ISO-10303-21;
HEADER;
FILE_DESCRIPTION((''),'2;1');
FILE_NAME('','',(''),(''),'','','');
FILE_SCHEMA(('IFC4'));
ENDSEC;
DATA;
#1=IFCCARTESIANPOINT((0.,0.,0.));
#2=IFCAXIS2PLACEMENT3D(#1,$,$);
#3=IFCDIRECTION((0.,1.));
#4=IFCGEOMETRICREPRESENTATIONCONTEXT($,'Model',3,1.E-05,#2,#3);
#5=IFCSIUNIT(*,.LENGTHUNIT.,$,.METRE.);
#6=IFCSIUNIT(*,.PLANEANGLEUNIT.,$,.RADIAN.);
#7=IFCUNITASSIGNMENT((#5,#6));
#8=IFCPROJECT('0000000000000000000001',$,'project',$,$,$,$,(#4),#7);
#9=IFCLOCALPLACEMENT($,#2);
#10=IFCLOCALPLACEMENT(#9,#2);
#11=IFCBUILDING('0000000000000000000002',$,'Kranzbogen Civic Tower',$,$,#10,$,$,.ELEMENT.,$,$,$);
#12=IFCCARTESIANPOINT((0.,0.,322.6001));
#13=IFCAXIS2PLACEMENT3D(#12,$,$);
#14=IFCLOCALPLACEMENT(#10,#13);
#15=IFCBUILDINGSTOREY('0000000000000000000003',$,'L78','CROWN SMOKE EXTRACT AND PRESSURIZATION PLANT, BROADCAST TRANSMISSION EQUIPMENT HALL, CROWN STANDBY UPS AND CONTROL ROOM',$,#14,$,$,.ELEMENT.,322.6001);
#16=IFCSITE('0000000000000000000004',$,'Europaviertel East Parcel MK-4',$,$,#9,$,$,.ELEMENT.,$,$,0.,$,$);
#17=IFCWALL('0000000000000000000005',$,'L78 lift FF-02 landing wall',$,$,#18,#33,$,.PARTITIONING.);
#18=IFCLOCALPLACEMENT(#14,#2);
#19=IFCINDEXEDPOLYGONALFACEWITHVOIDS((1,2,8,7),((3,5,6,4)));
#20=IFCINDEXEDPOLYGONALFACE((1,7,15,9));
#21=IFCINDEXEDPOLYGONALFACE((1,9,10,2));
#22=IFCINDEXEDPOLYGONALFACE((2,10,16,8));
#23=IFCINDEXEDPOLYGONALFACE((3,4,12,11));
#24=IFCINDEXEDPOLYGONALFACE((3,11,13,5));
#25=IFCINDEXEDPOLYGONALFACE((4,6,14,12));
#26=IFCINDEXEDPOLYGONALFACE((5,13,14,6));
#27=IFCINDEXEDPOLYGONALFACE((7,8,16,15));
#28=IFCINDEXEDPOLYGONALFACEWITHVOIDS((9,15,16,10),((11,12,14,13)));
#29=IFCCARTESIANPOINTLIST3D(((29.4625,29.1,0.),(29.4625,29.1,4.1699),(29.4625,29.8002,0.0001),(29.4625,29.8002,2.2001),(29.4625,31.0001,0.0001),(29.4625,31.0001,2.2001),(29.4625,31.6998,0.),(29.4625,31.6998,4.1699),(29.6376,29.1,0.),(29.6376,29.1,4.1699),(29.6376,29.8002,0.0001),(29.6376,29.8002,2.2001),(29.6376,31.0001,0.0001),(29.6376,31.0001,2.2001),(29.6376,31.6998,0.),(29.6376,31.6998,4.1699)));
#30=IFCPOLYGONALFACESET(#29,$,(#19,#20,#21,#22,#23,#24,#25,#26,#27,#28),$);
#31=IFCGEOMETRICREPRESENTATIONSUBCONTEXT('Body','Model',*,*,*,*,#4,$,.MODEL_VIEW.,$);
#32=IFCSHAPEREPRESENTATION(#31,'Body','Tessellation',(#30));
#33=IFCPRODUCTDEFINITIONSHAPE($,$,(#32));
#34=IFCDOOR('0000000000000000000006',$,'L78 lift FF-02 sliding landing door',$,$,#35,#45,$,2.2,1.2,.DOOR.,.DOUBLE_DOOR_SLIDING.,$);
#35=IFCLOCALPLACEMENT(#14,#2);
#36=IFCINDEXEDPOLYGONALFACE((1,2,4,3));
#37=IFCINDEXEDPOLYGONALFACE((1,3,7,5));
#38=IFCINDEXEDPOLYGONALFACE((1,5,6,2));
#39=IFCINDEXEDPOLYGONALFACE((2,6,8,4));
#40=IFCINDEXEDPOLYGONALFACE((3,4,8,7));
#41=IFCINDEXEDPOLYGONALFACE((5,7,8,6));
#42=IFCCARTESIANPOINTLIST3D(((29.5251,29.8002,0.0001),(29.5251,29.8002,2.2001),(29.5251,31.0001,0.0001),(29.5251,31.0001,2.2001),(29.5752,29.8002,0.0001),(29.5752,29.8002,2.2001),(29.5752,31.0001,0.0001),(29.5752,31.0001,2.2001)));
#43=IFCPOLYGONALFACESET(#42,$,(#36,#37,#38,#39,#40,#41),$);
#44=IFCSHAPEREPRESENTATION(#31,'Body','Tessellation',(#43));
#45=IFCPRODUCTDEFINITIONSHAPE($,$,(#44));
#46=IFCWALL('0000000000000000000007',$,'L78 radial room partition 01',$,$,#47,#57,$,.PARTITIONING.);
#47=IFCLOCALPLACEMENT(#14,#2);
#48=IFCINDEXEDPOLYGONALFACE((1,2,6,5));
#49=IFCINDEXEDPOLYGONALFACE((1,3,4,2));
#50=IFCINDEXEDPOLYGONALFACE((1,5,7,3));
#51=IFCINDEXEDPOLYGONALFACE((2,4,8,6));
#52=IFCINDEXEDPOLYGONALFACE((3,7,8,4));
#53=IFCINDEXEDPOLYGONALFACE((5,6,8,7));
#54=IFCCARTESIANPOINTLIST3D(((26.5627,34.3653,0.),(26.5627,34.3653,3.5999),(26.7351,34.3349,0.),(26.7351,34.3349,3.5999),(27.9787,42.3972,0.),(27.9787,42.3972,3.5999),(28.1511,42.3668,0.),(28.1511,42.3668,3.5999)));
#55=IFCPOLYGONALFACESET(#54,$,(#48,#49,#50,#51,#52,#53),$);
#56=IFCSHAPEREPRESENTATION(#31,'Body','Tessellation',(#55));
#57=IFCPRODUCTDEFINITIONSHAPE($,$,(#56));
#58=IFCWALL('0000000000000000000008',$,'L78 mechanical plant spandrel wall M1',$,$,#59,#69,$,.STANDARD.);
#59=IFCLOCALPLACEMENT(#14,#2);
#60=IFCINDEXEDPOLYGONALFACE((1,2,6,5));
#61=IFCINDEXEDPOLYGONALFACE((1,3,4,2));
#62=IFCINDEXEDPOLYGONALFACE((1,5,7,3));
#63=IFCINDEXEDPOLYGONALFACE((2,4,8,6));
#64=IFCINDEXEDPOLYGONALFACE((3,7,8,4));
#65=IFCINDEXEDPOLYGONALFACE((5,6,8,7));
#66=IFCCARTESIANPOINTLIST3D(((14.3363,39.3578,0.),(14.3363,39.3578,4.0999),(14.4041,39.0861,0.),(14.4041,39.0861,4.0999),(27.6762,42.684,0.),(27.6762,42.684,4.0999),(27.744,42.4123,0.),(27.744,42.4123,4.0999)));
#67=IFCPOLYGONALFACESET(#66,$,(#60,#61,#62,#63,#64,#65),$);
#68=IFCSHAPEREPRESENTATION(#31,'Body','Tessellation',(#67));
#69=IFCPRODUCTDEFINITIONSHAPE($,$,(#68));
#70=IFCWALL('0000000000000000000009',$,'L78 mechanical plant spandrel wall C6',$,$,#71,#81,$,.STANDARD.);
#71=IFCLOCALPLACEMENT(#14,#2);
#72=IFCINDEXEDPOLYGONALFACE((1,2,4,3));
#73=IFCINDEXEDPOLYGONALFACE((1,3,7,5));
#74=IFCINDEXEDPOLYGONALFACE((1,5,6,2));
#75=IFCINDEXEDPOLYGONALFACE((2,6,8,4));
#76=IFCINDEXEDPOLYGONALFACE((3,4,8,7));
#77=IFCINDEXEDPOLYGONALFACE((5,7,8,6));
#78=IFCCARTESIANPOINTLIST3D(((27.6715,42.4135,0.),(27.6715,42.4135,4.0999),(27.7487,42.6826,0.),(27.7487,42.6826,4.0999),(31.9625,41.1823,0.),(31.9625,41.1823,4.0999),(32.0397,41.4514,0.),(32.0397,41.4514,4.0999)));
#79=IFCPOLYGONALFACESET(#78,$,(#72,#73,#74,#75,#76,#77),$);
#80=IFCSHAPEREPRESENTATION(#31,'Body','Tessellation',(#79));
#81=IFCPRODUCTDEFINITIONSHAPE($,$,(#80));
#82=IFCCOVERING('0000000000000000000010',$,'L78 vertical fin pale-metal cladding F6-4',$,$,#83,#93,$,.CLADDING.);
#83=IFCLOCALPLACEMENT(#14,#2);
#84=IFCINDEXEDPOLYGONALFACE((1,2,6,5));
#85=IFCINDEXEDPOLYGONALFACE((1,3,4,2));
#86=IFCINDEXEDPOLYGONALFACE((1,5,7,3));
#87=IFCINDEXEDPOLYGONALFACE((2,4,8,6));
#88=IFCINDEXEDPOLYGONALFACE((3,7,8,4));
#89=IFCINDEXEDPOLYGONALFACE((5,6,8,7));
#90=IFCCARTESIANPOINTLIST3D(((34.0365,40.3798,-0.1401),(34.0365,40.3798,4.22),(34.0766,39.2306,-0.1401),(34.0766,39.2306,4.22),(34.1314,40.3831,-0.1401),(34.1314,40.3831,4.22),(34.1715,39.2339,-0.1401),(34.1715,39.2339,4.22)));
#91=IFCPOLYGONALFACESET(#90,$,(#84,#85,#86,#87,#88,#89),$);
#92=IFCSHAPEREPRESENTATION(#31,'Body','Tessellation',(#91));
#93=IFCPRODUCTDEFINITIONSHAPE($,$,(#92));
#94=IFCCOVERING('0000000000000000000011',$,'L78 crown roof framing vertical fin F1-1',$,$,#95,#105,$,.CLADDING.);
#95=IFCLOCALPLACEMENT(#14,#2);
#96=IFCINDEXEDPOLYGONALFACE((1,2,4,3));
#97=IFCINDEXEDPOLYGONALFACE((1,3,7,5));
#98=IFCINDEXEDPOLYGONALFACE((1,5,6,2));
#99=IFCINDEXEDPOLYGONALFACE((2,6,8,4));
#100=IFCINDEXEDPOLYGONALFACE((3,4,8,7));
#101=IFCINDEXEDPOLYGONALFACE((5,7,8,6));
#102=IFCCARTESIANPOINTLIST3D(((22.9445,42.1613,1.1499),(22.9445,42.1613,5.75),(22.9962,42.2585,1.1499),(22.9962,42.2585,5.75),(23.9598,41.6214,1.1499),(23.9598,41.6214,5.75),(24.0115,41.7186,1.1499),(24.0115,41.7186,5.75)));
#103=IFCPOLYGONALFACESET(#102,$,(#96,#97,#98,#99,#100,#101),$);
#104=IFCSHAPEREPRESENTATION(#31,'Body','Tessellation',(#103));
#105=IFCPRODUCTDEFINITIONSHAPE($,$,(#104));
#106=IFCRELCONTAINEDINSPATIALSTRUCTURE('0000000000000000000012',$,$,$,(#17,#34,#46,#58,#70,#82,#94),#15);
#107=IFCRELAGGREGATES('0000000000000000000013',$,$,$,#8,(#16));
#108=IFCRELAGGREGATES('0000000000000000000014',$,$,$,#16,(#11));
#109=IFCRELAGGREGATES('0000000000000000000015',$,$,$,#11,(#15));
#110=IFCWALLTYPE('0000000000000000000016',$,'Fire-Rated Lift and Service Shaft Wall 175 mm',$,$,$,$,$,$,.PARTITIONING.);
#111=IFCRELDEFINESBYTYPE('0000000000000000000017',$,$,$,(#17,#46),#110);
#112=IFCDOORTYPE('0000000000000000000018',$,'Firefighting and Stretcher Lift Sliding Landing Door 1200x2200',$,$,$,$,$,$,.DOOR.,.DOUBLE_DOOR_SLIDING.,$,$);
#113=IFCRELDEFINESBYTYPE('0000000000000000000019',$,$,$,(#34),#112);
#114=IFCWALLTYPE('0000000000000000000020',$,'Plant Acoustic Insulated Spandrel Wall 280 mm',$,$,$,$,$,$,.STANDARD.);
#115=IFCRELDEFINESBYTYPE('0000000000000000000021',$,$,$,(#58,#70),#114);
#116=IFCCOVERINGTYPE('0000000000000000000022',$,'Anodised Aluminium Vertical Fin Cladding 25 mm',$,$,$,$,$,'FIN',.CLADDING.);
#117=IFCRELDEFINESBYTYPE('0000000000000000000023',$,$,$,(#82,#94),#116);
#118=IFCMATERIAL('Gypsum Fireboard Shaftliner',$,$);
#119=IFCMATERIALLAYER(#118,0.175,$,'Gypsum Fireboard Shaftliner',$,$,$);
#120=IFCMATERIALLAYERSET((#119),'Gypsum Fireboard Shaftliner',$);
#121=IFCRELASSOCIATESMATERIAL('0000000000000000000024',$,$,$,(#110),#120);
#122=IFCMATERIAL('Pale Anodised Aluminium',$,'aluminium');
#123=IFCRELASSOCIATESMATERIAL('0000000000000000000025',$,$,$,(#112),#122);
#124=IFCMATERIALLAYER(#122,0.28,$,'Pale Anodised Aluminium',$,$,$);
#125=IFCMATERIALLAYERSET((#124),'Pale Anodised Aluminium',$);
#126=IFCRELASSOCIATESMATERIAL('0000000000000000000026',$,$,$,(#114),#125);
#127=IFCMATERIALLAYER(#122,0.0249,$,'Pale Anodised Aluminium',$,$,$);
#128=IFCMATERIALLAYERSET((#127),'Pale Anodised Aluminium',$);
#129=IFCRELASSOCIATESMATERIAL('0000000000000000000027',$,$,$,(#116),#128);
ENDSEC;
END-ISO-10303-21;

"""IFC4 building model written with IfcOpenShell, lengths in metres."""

from ifc_helpers import new_model, si_unit, direction, frame, frame_2d, origin, origin_2d, place, context, subcontext, project, spatial, rectangle, extrude, material, layer, layer_set, type_object, element, fill, save


model = new_model("IFC4")

# Units and contexts
model_context = context("Model", 3, precision=1e-05, world=origin(), true_north=direction((0.0, 1.0)))
body_context = subcontext(model_context, "Body", "Model", "MODEL_VIEW")
ifc_project = project(units=[si_unit("LENGTHUNIT", "METRE"), si_unit("PLANEANGLEUNIT", "RADIAN")], contexts=[model_context])

# Site, building, storey
site_placement = place(None, origin())
site = spatial("IfcSite", under=ifc_project, at=site_placement, Name="Europaviertel East Parcel MK-4", CompositionType="ELEMENT", RefElevation=0.0)
building_placement = place(site_placement, origin())
building = spatial("IfcBuilding", under=site, at=building_placement, Name="Kranzbogen Civic Tower", CompositionType="ELEMENT")
storey_placement = place(building_placement, frame((0.0, 0.0, 322.6001)))
storey = spatial("IfcBuildingStorey", under=building, at=storey_placement, Name="L78", Description="CROWN SMOKE EXTRACT AND PRESSURIZATION PLANT, BROADCAST TRANSMISSION EQUIPMENT HALL, CROWN STANDBY UPS AND CONTROL ROOM", CompositionType="ELEMENT", Elevation=322.6001)

# Wall, opening, door
ifc_material_1 = material(Name="Gypsum Fireboard Shaftliner")
ifc_layer_1 = layer(ifc_material_1, 0.175, Name="Gypsum Fireboard Shaftliner")
ifc_layer_set_1 = layer_set([ifc_layer_1], Name="Gypsum Fireboard Shaftliner")
wall_type_1 = type_object("IfcWallType", Name="Fire-Rated Lift and Service Shaft Wall 175 mm", PredefinedType="PARTITIONING", material=ifc_layer_set_1)
wall_1_placement = place(storey_placement, frame((29.55, 29.1001, 0.0), z_axis=(0.0, 0.0, 1.0), x_axis=(0.0, 1.0, 0.0)))
wall_1 = element("IfcWall", 1, at=wall_1_placement, inside=storey, type_object=wall_type_1, Name="L78 lift FF-02 landing wall", PredefinedType="PARTITIONING", context=body_context, shape_type="SweptSolid", body=[
    extrude(rectangle(XDim=2.5999, YDim=0.175, at=frame_2d((1.2998, 0.0))), origin(), (0.0, 0.0, 1.0), 4.1699),
])
opening_1_placement = place(wall_1_placement, frame((0.7, 0.0, 0.0)))
opening_1 = element("IfcOpeningElement", 2, at=opening_1_placement, cuts=wall_1, PredefinedType="OPENING", context=body_context, shape_type="SweptSolid", body=[
    extrude(rectangle(XDim=1.2, YDim=2.2, at=frame_2d((0.6001, 1.1001))), frame((0.0, 0.0977, 0.0), z_axis=(0.0, -1.0, 0.0), x_axis=(1.0, 0.0, 0.0)), (0.0, 0.0, 1.0), 0.1951),
])
ifc_material_2 = material(Name="Pale Anodised Aluminium", Category="aluminium")
door_type_1 = type_object("IfcDoorType", Name="Firefighting and Stretcher Lift Sliding Landing Door 1200x2200", OperationType="DOUBLE_DOOR_SLIDING", PredefinedType="DOOR", material=ifc_material_2)
door_1_placement = place(opening_1_placement, origin())
door_1 = element("IfcDoor", 3, at=door_1_placement, inside=storey, type_object=door_type_1, Name="L78 lift FF-02 sliding landing door", OperationType="DOUBLE_DOOR_SLIDING", OverallHeight=2.2, OverallWidth=1.2, PredefinedType="DOOR", context=body_context, shape_type="SweptSolid", body=[
    extrude(rectangle(XDim=1.2, YDim=2.2, at=frame_2d((0.6001, 1.1001))), frame((0.0, 0.0249, 0.0), z_axis=(0.0, -1.0, 0.0), x_axis=(1.0, 0.0, 0.0)), (0.0, 0.0, 1.0), 0.05),
])
fill(opening_1, door_1)

# Walls
wall_2_placement = place(storey_placement, frame((26.6489, 34.3501, 0.0), z_axis=(0.0, 0.0, 1.0), x_axis=(0.17362, 0.984813, 0.0)))
element("IfcWall", 4, at=wall_2_placement, inside=storey, type_object=wall_type_1, Name="L78 radial room partition 01", PredefinedType="PARTITIONING", context=body_context, shape_type="SweptSolid", body=[
    extrude(rectangle(XDim=8.1558, YDim=0.175, at=frame_2d((4.0779, 0.0))), origin(), (0.0, 0.0, 1.0), 3.5999),
])
ifc_layer_2 = layer(ifc_material_2, 0.28, Name="Pale Anodised Aluminium")
ifc_layer_set_2 = layer_set([ifc_layer_2], Name="Pale Anodised Aluminium")
wall_type_2 = type_object("IfcWallType", Name="Plant Acoustic Insulated Spandrel Wall 280 mm", PredefinedType="STANDARD", material=ifc_layer_set_2)
wall_3_placement = place(storey_placement, frame((27.71, 42.5481, 0.0), z_axis=(0.0, 0.0, 1.0), x_axis=(-0.970293, -0.241934, 0.0)))
element("IfcWall", 5, at=wall_3_placement, inside=storey, type_object=wall_type_2, Name="L78 mechanical plant spandrel wall M1", PredefinedType="STANDARD", context=body_context, shape_type="SweptSolid", body=[
    extrude(rectangle(XDim=13.7483, YDim=0.28, at=frame_2d((6.874, 0.0))), origin(), (0.0, 0.0, 1.0), 4.0999),
])
wall_4_placement = place(storey_placement, frame((32.001, 41.3169, 0.0), z_axis=(0.0, 0.0, 1.0), x_axis=(-0.961216, 0.275797, 0.0)))
element("IfcWall", 6, at=wall_4_placement, inside=storey, type_object=wall_type_2, Name="L78 mechanical plant spandrel wall C6", PredefinedType="STANDARD", context=body_context, shape_type="SweptSolid", body=[
    extrude(rectangle(XDim=4.4641, YDim=0.28, at=frame_2d((2.2319, 0.0))), origin(), (0.0, 0.0, 1.0), 4.0999),
])

# Coverings
ifc_layer_3 = layer(ifc_material_2, 0.0249, Name="Pale Anodised Aluminium")
ifc_layer_set_3 = layer_set([ifc_layer_3], Name="Pale Anodised Aluminium")
covering_type = type_object("IfcCoveringType", Name="Anodised Aluminium Vertical Fin Cladding 25 mm", ElementType="FIN", PredefinedType="CLADDING", material=ifc_layer_set_3)
covering_1_placement = place(storey_placement, frame((34.104, 39.8069, -0.1401), z_axis=(0.0, 0.0, 1.0), x_axis=(-0.034899, 0.999391, 0.0)))
element("IfcCovering", 7, at=covering_1_placement, inside=storey, type_object=covering_type, Name="L78 vertical fin pale-metal cladding F6-4", PredefinedType="CLADDING", context=body_context, shape_type="SweptSolid", body=[
    extrude(rectangle(XDim=1.1499, YDim=0.095, at=origin_2d()), origin(), (0.0, 0.0, 1.0), 4.3601),
])
covering_2_placement = place(storey_placement, frame((23.478, 41.9399, 1.1499), z_axis=(0.0, 0.0, 1.0), x_axis=(-0.882948, 0.469472, 0.0)))
element("IfcCovering", 8, at=covering_2_placement, inside=storey, type_object=covering_type, Name="L78 crown roof framing vertical fin F1-1", PredefinedType="CLADDING", context=body_context, shape_type="SweptSolid", body=[
    extrude(rectangle(XDim=1.1499, YDim=0.1101, at=origin_2d()), origin(), (0.0, 0.0, 1.0), 4.6001),
])

save(model, "model.ifc")
